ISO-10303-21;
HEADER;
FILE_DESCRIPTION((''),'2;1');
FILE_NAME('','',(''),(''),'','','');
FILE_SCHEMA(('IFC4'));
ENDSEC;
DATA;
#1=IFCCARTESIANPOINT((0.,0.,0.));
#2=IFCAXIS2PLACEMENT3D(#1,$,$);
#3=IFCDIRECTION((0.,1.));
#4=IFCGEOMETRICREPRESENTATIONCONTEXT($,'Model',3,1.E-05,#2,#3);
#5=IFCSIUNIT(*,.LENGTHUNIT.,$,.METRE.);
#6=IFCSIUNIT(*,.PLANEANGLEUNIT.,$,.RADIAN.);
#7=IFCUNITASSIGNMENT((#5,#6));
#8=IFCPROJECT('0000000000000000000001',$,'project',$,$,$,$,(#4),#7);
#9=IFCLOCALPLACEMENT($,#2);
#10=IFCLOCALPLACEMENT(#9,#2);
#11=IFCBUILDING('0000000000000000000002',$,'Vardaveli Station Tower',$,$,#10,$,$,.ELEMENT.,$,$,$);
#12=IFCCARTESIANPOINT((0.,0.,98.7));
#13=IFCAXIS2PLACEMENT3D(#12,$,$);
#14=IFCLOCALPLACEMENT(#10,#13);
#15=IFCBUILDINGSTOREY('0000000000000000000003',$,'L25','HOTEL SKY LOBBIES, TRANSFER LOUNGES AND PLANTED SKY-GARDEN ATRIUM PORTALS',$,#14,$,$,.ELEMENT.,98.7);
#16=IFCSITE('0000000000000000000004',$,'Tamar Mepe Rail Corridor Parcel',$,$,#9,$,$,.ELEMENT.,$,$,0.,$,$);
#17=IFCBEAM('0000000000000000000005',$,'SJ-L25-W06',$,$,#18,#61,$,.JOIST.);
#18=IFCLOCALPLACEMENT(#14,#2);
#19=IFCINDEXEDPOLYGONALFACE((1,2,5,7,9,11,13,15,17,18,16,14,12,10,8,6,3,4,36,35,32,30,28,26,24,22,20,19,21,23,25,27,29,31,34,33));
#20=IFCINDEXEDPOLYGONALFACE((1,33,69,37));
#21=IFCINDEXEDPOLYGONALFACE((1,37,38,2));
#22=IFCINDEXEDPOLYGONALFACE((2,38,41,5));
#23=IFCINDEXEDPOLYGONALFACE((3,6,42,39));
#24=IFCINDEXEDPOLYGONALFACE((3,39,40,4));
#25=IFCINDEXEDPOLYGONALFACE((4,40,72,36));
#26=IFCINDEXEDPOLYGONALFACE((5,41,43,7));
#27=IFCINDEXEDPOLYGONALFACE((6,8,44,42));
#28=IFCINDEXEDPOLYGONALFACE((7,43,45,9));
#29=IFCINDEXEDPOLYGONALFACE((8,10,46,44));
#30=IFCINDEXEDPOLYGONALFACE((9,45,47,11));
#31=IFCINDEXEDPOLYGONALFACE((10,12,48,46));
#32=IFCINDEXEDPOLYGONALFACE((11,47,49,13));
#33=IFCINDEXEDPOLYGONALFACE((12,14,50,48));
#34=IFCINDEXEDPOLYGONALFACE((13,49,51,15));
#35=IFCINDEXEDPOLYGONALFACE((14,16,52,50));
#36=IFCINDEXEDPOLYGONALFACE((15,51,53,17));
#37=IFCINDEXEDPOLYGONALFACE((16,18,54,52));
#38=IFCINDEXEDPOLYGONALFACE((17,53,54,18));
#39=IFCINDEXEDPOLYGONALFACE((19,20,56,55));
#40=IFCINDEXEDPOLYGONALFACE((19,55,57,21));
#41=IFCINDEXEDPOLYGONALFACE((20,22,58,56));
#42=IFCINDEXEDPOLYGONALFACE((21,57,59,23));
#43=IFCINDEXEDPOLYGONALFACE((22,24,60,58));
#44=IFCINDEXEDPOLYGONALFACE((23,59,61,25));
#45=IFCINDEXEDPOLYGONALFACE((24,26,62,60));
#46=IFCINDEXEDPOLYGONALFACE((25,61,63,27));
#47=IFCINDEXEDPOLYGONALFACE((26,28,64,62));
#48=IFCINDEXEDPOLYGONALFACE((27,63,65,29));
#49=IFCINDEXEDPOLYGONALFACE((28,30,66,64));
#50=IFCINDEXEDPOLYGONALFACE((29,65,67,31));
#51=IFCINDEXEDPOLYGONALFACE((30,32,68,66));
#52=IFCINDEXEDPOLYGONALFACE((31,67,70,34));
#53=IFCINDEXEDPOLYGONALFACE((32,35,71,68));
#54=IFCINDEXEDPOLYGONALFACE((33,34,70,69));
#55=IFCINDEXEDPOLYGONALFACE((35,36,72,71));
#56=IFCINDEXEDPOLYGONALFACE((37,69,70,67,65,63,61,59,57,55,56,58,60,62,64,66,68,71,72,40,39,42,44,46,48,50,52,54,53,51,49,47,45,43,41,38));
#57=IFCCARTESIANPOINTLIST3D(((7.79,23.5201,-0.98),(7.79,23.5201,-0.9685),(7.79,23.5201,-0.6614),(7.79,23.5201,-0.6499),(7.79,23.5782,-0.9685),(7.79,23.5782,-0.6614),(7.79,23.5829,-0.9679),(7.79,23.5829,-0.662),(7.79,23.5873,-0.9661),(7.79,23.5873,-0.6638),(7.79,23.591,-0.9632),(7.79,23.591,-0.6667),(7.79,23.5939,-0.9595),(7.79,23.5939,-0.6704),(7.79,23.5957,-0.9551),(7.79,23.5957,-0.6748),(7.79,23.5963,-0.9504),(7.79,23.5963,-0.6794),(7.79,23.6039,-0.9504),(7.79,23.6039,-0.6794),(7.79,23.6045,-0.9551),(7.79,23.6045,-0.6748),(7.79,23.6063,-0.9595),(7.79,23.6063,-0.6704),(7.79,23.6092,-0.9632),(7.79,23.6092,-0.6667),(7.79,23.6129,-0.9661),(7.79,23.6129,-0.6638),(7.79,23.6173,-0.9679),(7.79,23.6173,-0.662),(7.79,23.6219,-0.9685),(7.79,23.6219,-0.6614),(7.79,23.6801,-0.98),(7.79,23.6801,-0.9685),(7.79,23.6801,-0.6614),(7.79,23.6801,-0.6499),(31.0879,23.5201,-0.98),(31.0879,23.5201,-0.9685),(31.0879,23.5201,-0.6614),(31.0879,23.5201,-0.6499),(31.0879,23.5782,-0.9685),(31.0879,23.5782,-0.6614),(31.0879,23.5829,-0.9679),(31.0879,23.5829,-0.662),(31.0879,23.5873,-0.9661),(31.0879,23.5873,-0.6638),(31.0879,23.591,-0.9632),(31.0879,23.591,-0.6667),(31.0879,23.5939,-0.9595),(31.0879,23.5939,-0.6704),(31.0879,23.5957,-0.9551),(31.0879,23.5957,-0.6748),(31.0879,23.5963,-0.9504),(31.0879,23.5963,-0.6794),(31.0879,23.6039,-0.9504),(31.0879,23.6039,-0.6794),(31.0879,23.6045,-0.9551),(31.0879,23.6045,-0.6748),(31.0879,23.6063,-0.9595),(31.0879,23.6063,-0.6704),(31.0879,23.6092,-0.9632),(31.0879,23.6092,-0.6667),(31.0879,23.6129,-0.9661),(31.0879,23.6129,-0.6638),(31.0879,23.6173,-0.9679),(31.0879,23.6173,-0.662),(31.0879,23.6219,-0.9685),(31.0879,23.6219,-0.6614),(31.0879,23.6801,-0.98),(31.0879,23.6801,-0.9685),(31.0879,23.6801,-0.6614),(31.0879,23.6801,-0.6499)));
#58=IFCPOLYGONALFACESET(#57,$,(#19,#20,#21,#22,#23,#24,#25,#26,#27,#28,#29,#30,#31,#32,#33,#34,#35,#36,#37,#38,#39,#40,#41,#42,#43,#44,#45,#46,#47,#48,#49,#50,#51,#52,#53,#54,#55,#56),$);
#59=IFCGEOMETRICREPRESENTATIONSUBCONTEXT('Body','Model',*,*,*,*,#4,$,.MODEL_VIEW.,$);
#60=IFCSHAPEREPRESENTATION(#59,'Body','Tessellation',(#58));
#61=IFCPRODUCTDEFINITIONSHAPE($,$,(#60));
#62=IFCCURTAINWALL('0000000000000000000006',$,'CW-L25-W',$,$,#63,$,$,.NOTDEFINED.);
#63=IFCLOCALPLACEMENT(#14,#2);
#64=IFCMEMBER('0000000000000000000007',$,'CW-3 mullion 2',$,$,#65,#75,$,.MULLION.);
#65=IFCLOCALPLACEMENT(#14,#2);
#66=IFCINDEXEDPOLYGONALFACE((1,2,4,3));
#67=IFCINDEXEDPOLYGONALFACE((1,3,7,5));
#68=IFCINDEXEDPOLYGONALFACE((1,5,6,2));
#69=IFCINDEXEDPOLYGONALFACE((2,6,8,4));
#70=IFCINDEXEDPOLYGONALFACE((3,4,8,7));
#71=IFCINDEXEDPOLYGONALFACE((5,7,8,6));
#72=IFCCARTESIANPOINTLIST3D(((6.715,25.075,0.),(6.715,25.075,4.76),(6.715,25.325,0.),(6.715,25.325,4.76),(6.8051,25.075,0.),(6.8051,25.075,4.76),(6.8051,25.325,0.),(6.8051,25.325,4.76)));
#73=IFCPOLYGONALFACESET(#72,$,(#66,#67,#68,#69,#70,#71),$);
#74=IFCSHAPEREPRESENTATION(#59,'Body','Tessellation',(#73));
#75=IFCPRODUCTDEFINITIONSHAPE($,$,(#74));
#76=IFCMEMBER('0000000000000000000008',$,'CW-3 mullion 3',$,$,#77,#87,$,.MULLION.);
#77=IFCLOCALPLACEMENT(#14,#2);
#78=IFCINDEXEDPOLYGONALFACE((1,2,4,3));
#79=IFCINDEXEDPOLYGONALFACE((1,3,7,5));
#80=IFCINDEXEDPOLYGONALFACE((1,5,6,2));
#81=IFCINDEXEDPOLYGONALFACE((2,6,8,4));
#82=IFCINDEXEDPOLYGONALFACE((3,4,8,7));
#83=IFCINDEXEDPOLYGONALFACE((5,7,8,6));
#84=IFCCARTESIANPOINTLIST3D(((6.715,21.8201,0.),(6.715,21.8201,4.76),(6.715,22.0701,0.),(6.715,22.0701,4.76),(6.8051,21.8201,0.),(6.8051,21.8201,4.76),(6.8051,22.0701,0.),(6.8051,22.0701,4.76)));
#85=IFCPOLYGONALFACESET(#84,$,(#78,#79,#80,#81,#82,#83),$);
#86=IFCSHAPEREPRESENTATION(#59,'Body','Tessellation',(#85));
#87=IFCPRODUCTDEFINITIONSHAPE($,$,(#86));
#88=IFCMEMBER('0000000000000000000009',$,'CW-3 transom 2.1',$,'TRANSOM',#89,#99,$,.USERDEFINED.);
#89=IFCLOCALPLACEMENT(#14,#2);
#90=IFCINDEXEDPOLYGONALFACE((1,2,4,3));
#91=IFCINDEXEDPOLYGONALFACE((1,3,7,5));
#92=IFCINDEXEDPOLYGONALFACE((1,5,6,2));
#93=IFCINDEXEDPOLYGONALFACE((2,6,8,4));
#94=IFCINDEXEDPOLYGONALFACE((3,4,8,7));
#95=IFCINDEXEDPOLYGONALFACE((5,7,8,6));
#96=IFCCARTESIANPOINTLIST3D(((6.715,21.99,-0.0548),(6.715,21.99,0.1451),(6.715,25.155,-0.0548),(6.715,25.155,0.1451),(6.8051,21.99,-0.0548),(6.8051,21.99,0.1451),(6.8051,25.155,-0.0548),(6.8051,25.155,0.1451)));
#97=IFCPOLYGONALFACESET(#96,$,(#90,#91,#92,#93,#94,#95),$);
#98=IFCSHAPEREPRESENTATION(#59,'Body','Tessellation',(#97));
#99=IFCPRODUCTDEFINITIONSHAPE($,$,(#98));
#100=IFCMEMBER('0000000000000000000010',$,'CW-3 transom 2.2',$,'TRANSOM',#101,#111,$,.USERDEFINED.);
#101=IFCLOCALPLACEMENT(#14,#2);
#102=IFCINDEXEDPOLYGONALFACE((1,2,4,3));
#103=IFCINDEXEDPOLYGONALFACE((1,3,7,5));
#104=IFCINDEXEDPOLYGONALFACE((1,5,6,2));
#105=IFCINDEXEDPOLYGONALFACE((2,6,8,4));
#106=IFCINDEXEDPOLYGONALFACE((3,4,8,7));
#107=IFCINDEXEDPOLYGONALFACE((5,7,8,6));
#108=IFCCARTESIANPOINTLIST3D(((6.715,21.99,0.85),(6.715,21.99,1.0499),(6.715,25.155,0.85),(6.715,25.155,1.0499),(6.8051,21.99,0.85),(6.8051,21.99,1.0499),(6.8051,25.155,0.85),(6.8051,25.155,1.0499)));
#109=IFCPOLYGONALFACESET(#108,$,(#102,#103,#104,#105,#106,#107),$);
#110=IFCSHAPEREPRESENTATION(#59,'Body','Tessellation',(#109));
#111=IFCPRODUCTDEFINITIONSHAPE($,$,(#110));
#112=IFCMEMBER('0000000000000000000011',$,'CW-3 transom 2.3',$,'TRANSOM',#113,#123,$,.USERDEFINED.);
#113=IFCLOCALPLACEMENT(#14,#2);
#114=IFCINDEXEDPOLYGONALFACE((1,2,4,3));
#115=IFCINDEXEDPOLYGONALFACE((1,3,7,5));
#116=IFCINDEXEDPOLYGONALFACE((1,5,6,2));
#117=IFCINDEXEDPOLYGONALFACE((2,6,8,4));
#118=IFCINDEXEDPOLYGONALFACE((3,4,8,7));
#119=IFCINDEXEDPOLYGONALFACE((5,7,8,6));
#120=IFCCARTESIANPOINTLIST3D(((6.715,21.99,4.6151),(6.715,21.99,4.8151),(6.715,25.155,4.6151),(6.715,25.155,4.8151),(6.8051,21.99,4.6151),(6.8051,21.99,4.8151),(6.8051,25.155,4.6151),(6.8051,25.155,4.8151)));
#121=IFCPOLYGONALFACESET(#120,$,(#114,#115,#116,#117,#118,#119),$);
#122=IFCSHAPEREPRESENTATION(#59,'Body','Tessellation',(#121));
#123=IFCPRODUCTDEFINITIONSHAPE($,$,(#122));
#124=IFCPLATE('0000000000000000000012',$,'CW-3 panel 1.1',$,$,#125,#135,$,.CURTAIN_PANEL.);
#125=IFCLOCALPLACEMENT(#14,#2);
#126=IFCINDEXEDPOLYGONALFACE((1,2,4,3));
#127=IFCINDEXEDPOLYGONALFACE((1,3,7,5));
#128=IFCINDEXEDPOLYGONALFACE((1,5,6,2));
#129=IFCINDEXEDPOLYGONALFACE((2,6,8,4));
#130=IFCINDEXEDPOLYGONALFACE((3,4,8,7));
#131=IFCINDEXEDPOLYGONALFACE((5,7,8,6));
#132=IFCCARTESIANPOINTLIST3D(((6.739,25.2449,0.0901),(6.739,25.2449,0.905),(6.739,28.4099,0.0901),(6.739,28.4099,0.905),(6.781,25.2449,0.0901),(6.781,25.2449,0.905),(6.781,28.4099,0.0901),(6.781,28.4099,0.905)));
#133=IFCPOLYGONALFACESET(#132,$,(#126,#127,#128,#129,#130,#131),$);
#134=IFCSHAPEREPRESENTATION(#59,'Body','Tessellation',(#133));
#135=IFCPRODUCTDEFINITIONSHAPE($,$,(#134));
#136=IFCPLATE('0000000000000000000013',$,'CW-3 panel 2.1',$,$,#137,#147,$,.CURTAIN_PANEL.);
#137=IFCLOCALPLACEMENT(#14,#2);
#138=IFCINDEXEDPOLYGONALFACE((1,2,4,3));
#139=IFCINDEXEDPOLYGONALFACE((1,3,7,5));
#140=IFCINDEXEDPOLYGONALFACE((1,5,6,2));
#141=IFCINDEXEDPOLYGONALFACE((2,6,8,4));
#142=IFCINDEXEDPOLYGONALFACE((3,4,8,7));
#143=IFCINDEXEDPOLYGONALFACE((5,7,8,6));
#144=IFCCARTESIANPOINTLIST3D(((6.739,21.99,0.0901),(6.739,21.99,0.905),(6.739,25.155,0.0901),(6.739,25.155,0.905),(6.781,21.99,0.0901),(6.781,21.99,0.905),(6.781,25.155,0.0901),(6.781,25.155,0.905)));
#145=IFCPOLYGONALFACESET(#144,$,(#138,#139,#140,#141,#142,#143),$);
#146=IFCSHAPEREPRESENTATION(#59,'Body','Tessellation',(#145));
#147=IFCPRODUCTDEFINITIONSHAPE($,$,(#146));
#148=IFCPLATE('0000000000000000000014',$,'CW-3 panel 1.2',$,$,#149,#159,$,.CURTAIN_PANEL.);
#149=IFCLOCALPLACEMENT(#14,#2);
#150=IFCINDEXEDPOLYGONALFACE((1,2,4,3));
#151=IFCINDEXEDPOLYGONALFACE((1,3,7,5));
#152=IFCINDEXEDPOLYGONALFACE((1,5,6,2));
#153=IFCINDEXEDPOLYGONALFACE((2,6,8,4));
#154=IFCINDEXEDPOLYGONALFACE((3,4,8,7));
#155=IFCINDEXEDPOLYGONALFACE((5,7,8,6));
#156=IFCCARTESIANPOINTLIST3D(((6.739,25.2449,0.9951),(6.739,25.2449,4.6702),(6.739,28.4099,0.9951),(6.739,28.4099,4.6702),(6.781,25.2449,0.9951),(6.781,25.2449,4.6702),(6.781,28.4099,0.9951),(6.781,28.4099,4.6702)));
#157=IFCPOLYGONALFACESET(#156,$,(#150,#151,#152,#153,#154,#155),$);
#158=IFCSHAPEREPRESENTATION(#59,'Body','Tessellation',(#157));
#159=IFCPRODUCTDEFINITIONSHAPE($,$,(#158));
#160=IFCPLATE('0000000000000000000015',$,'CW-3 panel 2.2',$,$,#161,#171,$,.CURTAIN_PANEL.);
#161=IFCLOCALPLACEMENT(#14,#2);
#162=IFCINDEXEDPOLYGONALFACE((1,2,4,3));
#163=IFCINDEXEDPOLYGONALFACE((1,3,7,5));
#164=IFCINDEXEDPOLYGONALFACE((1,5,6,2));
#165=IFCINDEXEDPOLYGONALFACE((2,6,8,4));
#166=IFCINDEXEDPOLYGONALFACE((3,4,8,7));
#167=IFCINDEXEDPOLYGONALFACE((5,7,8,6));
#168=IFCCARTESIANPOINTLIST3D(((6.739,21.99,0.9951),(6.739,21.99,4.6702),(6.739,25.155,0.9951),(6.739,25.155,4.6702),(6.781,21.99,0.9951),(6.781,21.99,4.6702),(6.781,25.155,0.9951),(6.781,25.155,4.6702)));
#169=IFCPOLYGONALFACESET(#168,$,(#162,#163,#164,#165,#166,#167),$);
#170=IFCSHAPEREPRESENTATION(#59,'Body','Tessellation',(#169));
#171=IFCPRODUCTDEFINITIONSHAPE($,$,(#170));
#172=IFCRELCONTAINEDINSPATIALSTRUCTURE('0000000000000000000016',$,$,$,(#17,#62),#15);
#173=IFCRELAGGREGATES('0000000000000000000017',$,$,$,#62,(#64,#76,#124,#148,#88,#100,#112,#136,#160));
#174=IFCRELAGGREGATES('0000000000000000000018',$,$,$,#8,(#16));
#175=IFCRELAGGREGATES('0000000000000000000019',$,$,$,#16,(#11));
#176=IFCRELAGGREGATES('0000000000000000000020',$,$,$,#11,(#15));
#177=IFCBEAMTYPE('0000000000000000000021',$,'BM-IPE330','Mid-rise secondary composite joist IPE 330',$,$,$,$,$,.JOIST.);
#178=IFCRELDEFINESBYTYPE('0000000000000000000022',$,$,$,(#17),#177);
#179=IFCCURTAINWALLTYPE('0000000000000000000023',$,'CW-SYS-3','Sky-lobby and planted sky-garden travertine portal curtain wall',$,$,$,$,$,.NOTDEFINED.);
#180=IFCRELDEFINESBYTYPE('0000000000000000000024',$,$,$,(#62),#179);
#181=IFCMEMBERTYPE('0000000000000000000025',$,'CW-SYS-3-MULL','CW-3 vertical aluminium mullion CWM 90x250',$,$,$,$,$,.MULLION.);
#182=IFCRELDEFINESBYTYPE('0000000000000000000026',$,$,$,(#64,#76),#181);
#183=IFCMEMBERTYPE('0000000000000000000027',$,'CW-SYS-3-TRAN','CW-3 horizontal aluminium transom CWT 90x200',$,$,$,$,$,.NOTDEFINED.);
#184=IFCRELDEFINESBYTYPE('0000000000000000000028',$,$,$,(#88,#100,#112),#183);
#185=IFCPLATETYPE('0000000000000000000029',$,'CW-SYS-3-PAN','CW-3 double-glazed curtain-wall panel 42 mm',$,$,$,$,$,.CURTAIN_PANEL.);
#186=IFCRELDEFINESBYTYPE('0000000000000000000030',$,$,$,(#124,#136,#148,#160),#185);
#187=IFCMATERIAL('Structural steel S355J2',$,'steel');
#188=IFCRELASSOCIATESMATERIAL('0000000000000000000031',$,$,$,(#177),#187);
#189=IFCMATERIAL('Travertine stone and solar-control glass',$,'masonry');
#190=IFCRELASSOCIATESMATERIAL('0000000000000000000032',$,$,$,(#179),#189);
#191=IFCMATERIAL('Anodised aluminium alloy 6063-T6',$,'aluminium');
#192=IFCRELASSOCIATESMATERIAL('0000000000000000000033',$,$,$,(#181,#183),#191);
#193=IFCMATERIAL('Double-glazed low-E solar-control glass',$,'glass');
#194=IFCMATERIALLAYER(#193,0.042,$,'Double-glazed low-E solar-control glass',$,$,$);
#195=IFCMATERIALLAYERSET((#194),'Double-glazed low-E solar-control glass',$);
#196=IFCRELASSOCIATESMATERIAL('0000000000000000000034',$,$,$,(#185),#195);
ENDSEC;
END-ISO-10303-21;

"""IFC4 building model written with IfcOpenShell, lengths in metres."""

from ifc_helpers import new_model, si_unit, direction, frame, origin, origin_2d, place, context, subcontext, project, spatial, rectangle, i_section, extrude, source, transform, mapped, material, layer, layer_set, material_profile, profile_set, type_object, element, aggregate, save


model = new_model("IFC4")

# Units and contexts
model_context = context("Model", 3, precision=1e-05, world=origin(), true_north=direction((0.0, 1.0)))
body_context = subcontext(model_context, "Body", "Model", "MODEL_VIEW")
ifc_project = project(units=[si_unit("LENGTHUNIT", "METRE"), si_unit("PLANEANGLEUNIT", "RADIAN")], contexts=[model_context])

# Site, building, storey
site_placement = place(None, origin())
site = spatial("IfcSite", under=ifc_project, at=site_placement, Name="Tamar Mepe Rail Corridor Parcel", CompositionType="ELEMENT", RefElevation=0.0)
building_placement = place(site_placement, origin())
building = spatial("IfcBuilding", under=site, at=building_placement, Name="Vardaveli Station Tower", CompositionType="ELEMENT")
storey_placement = place(building_placement, frame((0.0, 0.0, 98.7)))
storey = spatial("IfcBuildingStorey", under=building, at=storey_placement, Name="L25", Description="HOTEL SKY LOBBIES, TRANSFER LOUNGES AND PLANTED SKY-GARDEN ATRIUM PORTALS", CompositionType="ELEMENT", Elevation=98.7)

# Beam
ifc_material_1 = material(Name="Structural steel S355J2", Category="steel")
ifc_material_profile_1 = material_profile(ifc_material_1, i_section(OverallWidth=0.1599, OverallDepth=0.3301, WebThickness=0.0076, FlangeThickness=0.0115, FilletRadius=0.0181, at=origin_2d()), Name="IPE 330")
ifc_profile_set_1 = profile_set([ifc_material_profile_1], Name="Structural steel S355J2")
beam_type_1 = type_object("IfcBeamType", Name="BM-IPE330", Description="Mid-rise secondary composite joist IPE 330", PredefinedType="JOIST", material=ifc_profile_set_1)
shared_shape_1 = source(origin(), body_context, "Body", "SweptSolid", [
    extrude(i_section(OverallWidth=0.1599, OverallDepth=0.3301, WebThickness=0.0076, FlangeThickness=0.0115, FilletRadius=0.0181, at=origin_2d()), origin(), (0.0, 0.0, 1.0), 23.2979),
])
for number, where, z_axis, x_axis, name in (
    (1, (7.79, 23.6001, -0.8149), (1.0, 0.0, 0.0), (0.0, 1.0, 0.0), "SJ-L25-W06"),
):
    element("IfcBeam", number, at=place(storey_placement, frame(where, z_axis=z_axis, x_axis=x_axis)), inside=storey, type_object=beam_type_1, Name=name, PredefinedType="JOIST", context=body_context, shape_type="MappedRepresentation", body=[
        mapped(shared_shape_1, transform((0.0, 0.0, 0.0), scale=1.0)),
    ])

# Curtain wall, members, plates
ifc_material_2 = material(Name="Travertine stone and solar-control glass", Category="masonry")
curtain_wall_type = type_object("IfcCurtainWallType", Name="CW-SYS-3", Description="Sky-lobby and planted sky-garden travertine portal curtain wall", PredefinedType="NOTDEFINED", material=ifc_material_2)
curtain_wall_placement = place(storey_placement, origin())
curtain_wall = element("IfcCurtainWall", 2, at=curtain_wall_placement, inside=storey, type_object=curtain_wall_type, Name="CW-L25-W", PredefinedType="NOTDEFINED")
ifc_material_3 = material(Name="Anodised aluminium alloy 6063-T6", Category="aluminium")
ifc_material_profile_2 = material_profile(ifc_material_3, rectangle(XDim=0.0901, YDim=0.25, at=origin_2d()), Name="CWM 90x250")
ifc_profile_set_2 = profile_set([ifc_material_profile_2], Name="Anodised aluminium alloy 6063-T6")
member_type_1 = type_object("IfcMemberType", Name="CW-SYS-3-MULL", Description="CW-3 vertical aluminium mullion CWM 90x250", PredefinedType="MULLION", material=ifc_profile_set_2)
shared_shape_2 = source(origin(), body_context, "Body", "SweptSolid", [
    extrude(rectangle(XDim=0.0901, YDim=0.25, at=origin_2d()), origin(), (0.0, 0.0, 1.0), 4.76),
])
member_1_placement = place(storey_placement, frame((6.76, 25.2, 0.0), z_axis=(0.0, 0.0, 1.0), x_axis=(1.0, 0.0, 0.0)))
member_1 = element("IfcMember", 3, at=member_1_placement, type_object=member_type_1, Name="CW-3 mullion 2", PredefinedType="MULLION", context=body_context, shape_type="MappedRepresentation", body=[
    mapped(shared_shape_2, transform((0.0, 0.0, 0.0), scale=1.0)),
])
member_2_placement = place(storey_placement, frame((6.76, 21.9451, 0.0), z_axis=(0.0, 0.0, 1.0), x_axis=(1.0, 0.0, 0.0)))
member_2 = element("IfcMember", 4, at=member_2_placement, type_object=member_type_1, Name="CW-3 mullion 3", PredefinedType="MULLION", context=body_context, shape_type="MappedRepresentation", body=[
    mapped(shared_shape_2, transform((0.0, 0.0, 0.0), scale=1.0)),
])
ifc_material_profile_3 = material_profile(ifc_material_3, rectangle(XDim=0.0901, YDim=0.2, at=origin_2d()), Name="CWT 90x200")
ifc_profile_set_3 = profile_set([ifc_material_profile_3], Name="Anodised aluminium alloy 6063-T6")
member_type_2 = type_object("IfcMemberType", Name="CW-SYS-3-TRAN", Description="CW-3 horizontal aluminium transom CWT 90x200", PredefinedType="NOTDEFINED", material=ifc_profile_set_3)
shared_shape_3 = source(origin(), body_context, "Body", "SweptSolid", [
    extrude(rectangle(XDim=0.0901, YDim=0.2, at=origin_2d()), origin(), (0.0, 0.0, 1.0), 3.165),
])
member_3_placement = place(storey_placement, frame((6.76, 25.155, 0.0452), z_axis=(0.0, -1.0, 0.0), x_axis=(1.0, 0.0, 0.0)))
member_3 = element("IfcMember", 5, at=member_3_placement, type_object=member_type_2, Name="CW-3 transom 2.1", ObjectType="TRANSOM", PredefinedType="USERDEFINED", context=body_context, shape_type="MappedRepresentation", body=[
    mapped(shared_shape_3, transform((0.0, 0.0, 0.0), scale=1.0)),
])
member_4_placement = place(storey_placement, frame((6.76, 25.155, 0.95), z_axis=(0.0, -1.0, 0.0), x_axis=(1.0, 0.0, 0.0)))
member_4 = element("IfcMember", 6, at=member_4_placement, type_object=member_type_2, Name="CW-3 transom 2.2", ObjectType="TRANSOM", PredefinedType="USERDEFINED", context=body_context, shape_type="MappedRepresentation", body=[
    mapped(shared_shape_3, transform((0.0, 0.0, 0.0), scale=1.0)),
])
member_5_placement = place(storey_placement, frame((6.76, 25.155, 4.7151), z_axis=(0.0, -1.0, 0.0), x_axis=(1.0, 0.0, 0.0)))
member_5 = element("IfcMember", 7, at=member_5_placement, type_object=member_type_2, Name="CW-3 transom 2.3", ObjectType="TRANSOM", PredefinedType="USERDEFINED", context=body_context, shape_type="MappedRepresentation", body=[
    mapped(shared_shape_3, transform((0.0, 0.0, 0.0), scale=1.0)),
])
ifc_material_4 = material(Name="Double-glazed low-E solar-control glass", Category="glass")
ifc_layer_1 = layer(ifc_material_4, 0.042, Name="Double-glazed low-E solar-control glass")
ifc_layer_set_1 = layer_set([ifc_layer_1], Name="Double-glazed low-E solar-control glass")
plate_type = type_object("IfcPlateType", Name="CW-SYS-3-PAN", Description="CW-3 double-glazed curtain-wall panel 42 mm", PredefinedType="CURTAIN_PANEL", material=ifc_layer_set_1)
shared_shape_4 = source(origin(), body_context, "Body", "SweptSolid", [
    extrude(rectangle(XDim=3.165, YDim=0.042, at=origin_2d()), origin(), (0.0, 0.0, 1.0), 0.8149),
])
plate_1_placement = place(storey_placement, frame((6.76, 26.8274, 0.0901), z_axis=(0.0, 0.0, 1.0), x_axis=(0.0, -1.0, 0.0)))
plate_1 = element("IfcPlate", 8, at=plate_1_placement, type_object=plate_type, Name="CW-3 panel 1.1", PredefinedType="CURTAIN_PANEL", context=body_context, shape_type="MappedRepresentation", body=[
    mapped(shared_shape_4, transform((0.0, 0.0, 0.0), scale=1.0)),
])
plate_2_placement = place(storey_placement, frame((6.76, 23.5725, 0.0901), z_axis=(0.0, 0.0, 1.0), x_axis=(0.0, -1.0, 0.0)))
plate_2 = element("IfcPlate", 9, at=plate_2_placement, type_object=plate_type, Name="CW-3 panel 2.1", PredefinedType="CURTAIN_PANEL", context=body_context, shape_type="MappedRepresentation", body=[
    mapped(shared_shape_4, transform((0.0, 0.0, 0.0), scale=1.0)),
])
shared_shape_5 = source(origin(), body_context, "Body", "SweptSolid", [
    extrude(rectangle(XDim=3.165, YDim=0.042, at=origin_2d()), origin(), (0.0, 0.0, 1.0), 3.675),
])
plate_3_placement = place(storey_placement, frame((6.76, 26.8274, 0.9951), z_axis=(0.0, 0.0, 1.0), x_axis=(0.0, -1.0, 0.0)))
plate_3 = element("IfcPlate", 10, at=plate_3_placement, type_object=plate_type, Name="CW-3 panel 1.2", PredefinedType="CURTAIN_PANEL", context=body_context, shape_type="MappedRepresentation", body=[
    mapped(shared_shape_5, transform((0.0, 0.0, 0.0), scale=1.0)),
])
plate_4_placement = place(storey_placement, frame((6.76, 23.5725, 0.9951), z_axis=(0.0, 0.0, 1.0), x_axis=(0.0, -1.0, 0.0)))
plate_4 = element("IfcPlate", 11, at=plate_4_placement, type_object=plate_type, Name="CW-3 panel 2.2", PredefinedType="CURTAIN_PANEL", context=body_context, shape_type="MappedRepresentation", body=[
    mapped(shared_shape_5, transform((0.0, 0.0, 0.0), scale=1.0)),
])
aggregate(curtain_wall, [member_1, member_2, plate_1, plate_3, member_3, member_4, member_5, plate_2, plate_4])

save(model, "model.ifc")
